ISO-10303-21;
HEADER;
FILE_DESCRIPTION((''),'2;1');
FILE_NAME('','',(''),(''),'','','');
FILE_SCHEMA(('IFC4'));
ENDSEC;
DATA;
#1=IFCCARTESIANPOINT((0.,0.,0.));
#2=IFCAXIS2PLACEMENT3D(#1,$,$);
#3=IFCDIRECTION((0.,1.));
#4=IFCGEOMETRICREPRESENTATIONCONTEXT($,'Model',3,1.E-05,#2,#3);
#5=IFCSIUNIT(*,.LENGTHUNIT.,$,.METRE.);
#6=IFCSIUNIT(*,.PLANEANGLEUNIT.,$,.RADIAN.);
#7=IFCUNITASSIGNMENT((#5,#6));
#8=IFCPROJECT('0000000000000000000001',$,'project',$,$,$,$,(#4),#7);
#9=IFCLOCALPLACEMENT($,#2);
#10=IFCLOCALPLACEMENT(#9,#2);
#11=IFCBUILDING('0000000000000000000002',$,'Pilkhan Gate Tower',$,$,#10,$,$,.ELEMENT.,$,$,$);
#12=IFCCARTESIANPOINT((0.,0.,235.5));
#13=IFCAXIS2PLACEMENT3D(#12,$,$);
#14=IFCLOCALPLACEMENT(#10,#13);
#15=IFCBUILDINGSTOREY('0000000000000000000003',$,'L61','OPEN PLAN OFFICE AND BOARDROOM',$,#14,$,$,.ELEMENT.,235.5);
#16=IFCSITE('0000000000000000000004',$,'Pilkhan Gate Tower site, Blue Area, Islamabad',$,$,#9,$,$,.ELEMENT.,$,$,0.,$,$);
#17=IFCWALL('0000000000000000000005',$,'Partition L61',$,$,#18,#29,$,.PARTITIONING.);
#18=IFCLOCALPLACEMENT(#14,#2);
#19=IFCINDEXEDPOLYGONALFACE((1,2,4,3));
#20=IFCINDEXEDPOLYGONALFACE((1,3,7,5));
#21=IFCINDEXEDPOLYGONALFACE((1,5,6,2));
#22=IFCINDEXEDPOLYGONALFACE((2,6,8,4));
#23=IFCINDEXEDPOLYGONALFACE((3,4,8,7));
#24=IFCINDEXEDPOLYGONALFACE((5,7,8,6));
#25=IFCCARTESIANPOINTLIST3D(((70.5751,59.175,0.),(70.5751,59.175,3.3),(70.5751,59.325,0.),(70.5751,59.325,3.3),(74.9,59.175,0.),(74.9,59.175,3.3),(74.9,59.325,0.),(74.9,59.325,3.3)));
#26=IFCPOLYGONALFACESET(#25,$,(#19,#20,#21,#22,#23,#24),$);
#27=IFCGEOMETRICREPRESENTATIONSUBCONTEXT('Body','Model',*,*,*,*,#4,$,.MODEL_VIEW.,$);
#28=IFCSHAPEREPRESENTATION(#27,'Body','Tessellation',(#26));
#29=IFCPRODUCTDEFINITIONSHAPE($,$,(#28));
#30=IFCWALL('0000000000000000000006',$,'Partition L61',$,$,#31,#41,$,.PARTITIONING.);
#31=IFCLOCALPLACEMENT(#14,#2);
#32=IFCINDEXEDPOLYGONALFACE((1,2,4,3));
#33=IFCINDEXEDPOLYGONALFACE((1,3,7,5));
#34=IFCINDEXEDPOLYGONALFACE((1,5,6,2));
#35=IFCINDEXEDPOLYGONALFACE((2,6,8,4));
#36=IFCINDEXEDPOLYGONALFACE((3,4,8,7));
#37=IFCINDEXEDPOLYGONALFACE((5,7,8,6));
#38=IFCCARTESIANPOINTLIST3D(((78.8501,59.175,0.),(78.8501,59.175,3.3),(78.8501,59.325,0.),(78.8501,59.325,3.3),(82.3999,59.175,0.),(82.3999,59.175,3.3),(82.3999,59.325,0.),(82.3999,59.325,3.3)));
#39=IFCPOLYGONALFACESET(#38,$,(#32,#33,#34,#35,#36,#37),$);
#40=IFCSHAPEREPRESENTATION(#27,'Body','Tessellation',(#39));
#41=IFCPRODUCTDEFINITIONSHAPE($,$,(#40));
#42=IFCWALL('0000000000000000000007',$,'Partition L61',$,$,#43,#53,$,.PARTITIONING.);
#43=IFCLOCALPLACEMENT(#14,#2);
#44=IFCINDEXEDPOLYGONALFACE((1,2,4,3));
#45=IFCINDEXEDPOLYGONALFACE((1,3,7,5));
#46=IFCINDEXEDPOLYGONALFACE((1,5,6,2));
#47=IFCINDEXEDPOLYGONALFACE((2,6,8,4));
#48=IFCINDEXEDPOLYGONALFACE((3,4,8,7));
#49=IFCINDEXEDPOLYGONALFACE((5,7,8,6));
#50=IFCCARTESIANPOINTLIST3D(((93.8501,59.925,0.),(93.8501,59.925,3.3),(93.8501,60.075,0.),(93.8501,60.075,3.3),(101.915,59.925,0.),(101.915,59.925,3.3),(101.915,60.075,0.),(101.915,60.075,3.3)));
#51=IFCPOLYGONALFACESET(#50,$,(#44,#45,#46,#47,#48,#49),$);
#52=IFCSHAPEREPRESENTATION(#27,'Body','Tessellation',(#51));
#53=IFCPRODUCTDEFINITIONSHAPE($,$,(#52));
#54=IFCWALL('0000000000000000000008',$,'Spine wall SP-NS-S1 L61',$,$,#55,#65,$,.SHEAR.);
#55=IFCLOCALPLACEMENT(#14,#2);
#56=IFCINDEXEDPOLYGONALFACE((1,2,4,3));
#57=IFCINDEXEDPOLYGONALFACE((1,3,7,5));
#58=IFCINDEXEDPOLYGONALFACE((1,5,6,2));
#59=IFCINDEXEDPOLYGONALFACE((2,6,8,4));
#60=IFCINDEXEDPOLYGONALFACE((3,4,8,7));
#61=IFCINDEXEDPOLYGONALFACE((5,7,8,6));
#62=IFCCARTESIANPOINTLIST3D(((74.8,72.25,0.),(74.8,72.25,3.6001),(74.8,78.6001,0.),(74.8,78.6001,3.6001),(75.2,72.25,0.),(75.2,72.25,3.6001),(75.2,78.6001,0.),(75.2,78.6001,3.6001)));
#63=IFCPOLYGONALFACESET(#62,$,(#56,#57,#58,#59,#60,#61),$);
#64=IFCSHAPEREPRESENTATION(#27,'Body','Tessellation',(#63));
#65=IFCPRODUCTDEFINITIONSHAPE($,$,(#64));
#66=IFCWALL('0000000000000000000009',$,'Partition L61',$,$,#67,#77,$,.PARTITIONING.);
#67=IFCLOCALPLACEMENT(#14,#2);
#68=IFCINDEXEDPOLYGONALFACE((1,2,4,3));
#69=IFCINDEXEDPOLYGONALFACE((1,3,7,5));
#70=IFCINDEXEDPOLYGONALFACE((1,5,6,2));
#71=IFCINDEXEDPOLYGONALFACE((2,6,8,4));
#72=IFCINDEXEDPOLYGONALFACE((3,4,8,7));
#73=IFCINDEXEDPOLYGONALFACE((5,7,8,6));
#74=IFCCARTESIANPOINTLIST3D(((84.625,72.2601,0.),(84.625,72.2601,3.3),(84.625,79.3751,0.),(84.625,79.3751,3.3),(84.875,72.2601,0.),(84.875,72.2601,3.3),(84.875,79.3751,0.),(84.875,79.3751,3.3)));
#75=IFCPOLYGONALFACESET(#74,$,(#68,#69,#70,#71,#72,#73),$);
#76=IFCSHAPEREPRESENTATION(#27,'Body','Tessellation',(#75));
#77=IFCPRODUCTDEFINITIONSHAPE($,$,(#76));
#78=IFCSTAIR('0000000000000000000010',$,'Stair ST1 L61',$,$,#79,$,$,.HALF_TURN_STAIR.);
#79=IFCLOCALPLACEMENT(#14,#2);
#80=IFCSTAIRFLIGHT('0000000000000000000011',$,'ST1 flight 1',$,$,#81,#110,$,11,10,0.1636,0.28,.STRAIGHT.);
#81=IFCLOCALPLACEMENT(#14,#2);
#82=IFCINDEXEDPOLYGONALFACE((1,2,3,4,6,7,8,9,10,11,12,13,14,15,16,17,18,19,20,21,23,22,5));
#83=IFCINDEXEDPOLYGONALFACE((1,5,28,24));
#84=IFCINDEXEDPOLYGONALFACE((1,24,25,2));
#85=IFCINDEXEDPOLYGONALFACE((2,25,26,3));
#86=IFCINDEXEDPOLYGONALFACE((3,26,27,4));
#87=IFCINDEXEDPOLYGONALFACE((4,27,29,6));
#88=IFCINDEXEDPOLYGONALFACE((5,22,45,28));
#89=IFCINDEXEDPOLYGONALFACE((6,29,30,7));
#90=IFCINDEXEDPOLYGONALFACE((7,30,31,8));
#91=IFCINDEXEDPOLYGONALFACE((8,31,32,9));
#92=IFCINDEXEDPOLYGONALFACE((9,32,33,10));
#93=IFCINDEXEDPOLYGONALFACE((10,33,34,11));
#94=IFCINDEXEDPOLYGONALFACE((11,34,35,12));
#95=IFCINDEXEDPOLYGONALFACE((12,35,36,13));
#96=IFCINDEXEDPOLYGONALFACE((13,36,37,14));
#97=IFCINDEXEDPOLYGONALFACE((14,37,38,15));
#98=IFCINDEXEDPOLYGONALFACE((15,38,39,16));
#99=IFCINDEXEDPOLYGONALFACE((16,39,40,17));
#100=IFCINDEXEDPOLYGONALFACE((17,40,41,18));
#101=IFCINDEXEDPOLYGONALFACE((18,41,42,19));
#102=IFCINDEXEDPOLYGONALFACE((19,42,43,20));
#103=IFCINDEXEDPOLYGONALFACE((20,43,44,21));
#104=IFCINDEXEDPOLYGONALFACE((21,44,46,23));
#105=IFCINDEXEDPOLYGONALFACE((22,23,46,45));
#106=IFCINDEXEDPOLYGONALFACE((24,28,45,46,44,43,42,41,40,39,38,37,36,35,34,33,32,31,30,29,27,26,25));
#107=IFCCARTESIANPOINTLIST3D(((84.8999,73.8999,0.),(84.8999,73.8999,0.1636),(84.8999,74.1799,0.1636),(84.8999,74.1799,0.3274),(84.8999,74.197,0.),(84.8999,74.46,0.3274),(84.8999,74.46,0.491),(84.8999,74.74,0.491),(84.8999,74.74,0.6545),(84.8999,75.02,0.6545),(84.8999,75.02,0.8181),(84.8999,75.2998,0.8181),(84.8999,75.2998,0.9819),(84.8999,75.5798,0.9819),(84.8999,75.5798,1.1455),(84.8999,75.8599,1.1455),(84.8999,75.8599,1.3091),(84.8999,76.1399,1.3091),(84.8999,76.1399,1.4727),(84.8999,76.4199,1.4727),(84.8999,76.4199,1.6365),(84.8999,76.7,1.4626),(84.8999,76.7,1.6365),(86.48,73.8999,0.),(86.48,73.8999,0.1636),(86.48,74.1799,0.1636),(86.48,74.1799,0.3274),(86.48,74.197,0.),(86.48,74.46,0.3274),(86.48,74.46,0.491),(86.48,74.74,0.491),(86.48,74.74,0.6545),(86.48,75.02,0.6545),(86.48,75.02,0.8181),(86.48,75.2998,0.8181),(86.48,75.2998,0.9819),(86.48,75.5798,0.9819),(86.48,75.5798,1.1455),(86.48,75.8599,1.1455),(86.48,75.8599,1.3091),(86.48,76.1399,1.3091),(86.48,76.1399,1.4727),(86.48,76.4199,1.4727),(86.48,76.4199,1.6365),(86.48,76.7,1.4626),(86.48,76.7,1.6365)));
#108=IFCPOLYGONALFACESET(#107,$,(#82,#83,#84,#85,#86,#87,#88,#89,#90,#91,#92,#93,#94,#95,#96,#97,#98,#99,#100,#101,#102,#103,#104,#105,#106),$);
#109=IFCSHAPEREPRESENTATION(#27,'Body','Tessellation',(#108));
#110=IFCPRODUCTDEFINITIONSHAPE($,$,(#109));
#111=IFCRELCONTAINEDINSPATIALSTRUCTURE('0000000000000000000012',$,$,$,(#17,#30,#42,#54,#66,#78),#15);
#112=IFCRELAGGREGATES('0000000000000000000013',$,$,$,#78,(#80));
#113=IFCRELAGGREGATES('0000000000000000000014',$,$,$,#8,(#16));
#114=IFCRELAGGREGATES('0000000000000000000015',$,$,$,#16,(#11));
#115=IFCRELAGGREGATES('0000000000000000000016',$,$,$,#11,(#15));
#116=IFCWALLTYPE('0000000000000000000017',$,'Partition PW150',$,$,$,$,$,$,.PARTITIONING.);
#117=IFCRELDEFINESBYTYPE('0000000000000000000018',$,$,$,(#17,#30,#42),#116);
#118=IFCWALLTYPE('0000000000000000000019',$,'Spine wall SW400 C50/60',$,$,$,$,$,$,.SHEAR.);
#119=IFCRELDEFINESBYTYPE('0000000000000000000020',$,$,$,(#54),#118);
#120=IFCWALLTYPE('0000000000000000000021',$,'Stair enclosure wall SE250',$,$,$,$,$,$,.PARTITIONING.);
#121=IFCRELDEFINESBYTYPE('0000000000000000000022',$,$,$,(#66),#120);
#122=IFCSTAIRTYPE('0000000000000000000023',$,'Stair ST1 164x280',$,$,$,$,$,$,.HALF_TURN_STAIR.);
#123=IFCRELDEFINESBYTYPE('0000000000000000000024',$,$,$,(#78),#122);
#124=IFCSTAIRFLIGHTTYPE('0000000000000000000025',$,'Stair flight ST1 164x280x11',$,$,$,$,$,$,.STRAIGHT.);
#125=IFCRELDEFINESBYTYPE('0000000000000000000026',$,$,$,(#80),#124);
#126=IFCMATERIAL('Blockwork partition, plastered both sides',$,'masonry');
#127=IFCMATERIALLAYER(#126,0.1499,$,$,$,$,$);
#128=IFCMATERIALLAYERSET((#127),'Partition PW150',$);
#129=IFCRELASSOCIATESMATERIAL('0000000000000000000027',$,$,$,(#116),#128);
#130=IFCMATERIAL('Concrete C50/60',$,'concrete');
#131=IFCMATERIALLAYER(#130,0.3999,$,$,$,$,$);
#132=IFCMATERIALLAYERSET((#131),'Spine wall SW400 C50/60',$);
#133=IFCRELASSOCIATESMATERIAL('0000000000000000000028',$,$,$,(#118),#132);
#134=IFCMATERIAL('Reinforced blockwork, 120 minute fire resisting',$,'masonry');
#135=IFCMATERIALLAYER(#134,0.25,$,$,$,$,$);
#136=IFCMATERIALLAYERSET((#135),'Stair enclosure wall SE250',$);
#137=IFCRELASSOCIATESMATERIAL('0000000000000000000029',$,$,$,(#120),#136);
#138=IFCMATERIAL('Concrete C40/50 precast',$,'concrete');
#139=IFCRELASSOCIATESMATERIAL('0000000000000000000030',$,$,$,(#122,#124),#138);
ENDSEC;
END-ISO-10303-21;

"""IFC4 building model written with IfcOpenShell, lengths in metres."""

from ifc_helpers import new_model, si_unit, direction, frame, frame_2d, origin, place, context, subcontext, project, spatial, polyline, rectangle, outline, extrude, material, layer, layer_set, type_object, element, aggregate, save


model = new_model("IFC4")

# Units and contexts
model_context = context("Model", 3, precision=1e-05, world=origin(), true_north=direction((0.0, 1.0)))
body_context = subcontext(model_context, "Body", "Model", "MODEL_VIEW")
ifc_project = project(units=[si_unit("LENGTHUNIT", "METRE"), si_unit("PLANEANGLEUNIT", "RADIAN")], contexts=[model_context])

# Site, building, storey
site_placement = place(None, origin())
site = spatial("IfcSite", under=ifc_project, at=site_placement, Name="Pilkhan Gate Tower site, Blue Area, Islamabad", CompositionType="ELEMENT", RefElevation=0.0)
building_placement = place(site_placement, origin())
building = spatial("IfcBuilding", under=site, at=building_placement, Name="Pilkhan Gate Tower", CompositionType="ELEMENT")
storey_placement = place(building_placement, frame((0.0, 0.0, 235.5)))
storey = spatial("IfcBuildingStorey", under=building, at=storey_placement, Name="L61", Description="OPEN PLAN OFFICE AND BOARDROOM", CompositionType="ELEMENT", Elevation=235.5)

# Shared definitions
ifc_material_1 = material(Name="Concrete C50/60", Category="concrete")

# Walls
ifc_material_2 = material(Name="Blockwork partition, plastered both sides", Category="masonry")
ifc_layer_1 = layer(ifc_material_2, 0.1499)
ifc_layer_set_1 = layer_set([ifc_layer_1], Name="Partition PW150")
wall_type_1 = type_object("IfcWallType", Name="Partition PW150", PredefinedType="PARTITIONING", material=ifc_layer_set_1)
wall_1_placement = place(storey_placement, frame((70.575, 59.25, 0.0), z_axis=(0.0, 0.0, 1.0), x_axis=(1.0, 0.0, 0.0)))
element("IfcWall", 1, at=wall_1_placement, inside=storey, type_object=wall_type_1, Name="Partition L61", PredefinedType="PARTITIONING", context=body_context, shape_type="SweptSolid", body=[
    extrude(rectangle(XDim=4.325, YDim=0.1499, at=frame_2d((2.1626, 0.0))), origin(), (0.0, 0.0, 1.0), 3.3),
])
wall_2_placement = place(storey_placement, frame((78.8501, 59.25, 0.0), z_axis=(0.0, 0.0, 1.0), x_axis=(1.0, 0.0, 0.0)))
element("IfcWall", 2, at=wall_2_placement, inside=storey, type_object=wall_type_1, Name="Partition L61", PredefinedType="PARTITIONING", context=body_context, shape_type="SweptSolid", body=[
    extrude(rectangle(XDim=3.5498, YDim=0.1499, at=frame_2d((1.7749, 0.0))), origin(), (0.0, 0.0, 1.0), 3.3),
])
wall_3_placement = place(storey_placement, frame((93.8501, 60.0, 0.0), z_axis=(0.0, 0.0, 1.0), x_axis=(1.0, 0.0, 0.0)))
element("IfcWall", 3, at=wall_3_placement, inside=storey, type_object=wall_type_1, Name="Partition L61", PredefinedType="PARTITIONING", context=body_context, shape_type="SweptSolid", body=[
    extrude(rectangle(XDim=8.0649, YDim=0.1499, at=frame_2d((4.0325, 0.0))), origin(), (0.0, 0.0, 1.0), 3.3),
])
ifc_layer_2 = layer(ifc_material_1, 0.3999)
ifc_layer_set_2 = layer_set([ifc_layer_2], Name="Spine wall SW400 C50/60")
wall_type_2 = type_object("IfcWallType", Name="Spine wall SW400 C50/60", PredefinedType="SHEAR", material=ifc_layer_set_2)
wall_4_placement = place(storey_placement, frame((75.0, 72.25, 0.0), z_axis=(0.0, 0.0, 1.0), x_axis=(0.0, 1.0, 0.0)))
element("IfcWall", 4, at=wall_4_placement, inside=storey, type_object=wall_type_2, Name="Spine wall SP-NS-S1 L61", PredefinedType="SHEAR", context=body_context, shape_type="SweptSolid", body=[
    extrude(rectangle(XDim=6.3501, YDim=0.3999, at=frame_2d((3.175, 0.0))), origin(), (0.0, 0.0, 1.0), 3.6001),
])
ifc_material_3 = material(Name="Reinforced blockwork, 120 minute fire resisting", Category="masonry")
ifc_layer_3 = layer(ifc_material_3, 0.25)
ifc_layer_set_3 = layer_set([ifc_layer_3], Name="Stair enclosure wall SE250")
wall_type_3 = type_object("IfcWallType", Name="Stair enclosure wall SE250", PredefinedType="PARTITIONING", material=ifc_layer_set_3)
wall_5_placement = place(storey_placement, frame((84.75, 72.26, 0.0), z_axis=(0.0, 0.0, 1.0), x_axis=(0.0, 1.0, 0.0)))
element("IfcWall", 5, at=wall_5_placement, inside=storey, type_object=wall_type_3, Name="Partition L61", PredefinedType="PARTITIONING", context=body_context, shape_type="SweptSolid", body=[
    extrude(rectangle(XDim=7.115, YDim=0.25, at=frame_2d((3.5576, 0.0))), origin(), (0.0, 0.0, 1.0), 3.3),
])

# Stair, stair flight
ifc_material_4 = material(Name="Concrete C40/50 precast", Category="concrete")
stair_type = type_object("IfcStairType", Name="Stair ST1 164x280", PredefinedType="HALF_TURN_STAIR", material=ifc_material_4)
stair_placement = place(storey_placement, origin())
stair = element("IfcStair", 6, at=stair_placement, inside=storey, type_object=stair_type, Name="Stair ST1 L61", PredefinedType="HALF_TURN_STAIR")
stair_flight_type = type_object("IfcStairFlightType", Name="Stair flight ST1 164x280x11", PredefinedType="STRAIGHT", material=ifc_material_4)
stair_flight_placement = place(storey_placement, frame((85.6899, 73.8999, 0.0), z_axis=(0.0, 0.0, 1.0), x_axis=(0.0, 1.0, 0.0)))
stair_flight = element("IfcStairFlight", 7, at=stair_flight_placement, type_object=stair_flight_type, Name="ST1 flight 1", NumberOfRisers=11, NumberOfTreads=10, PredefinedType="STRAIGHT", RiserHeight=0.1636, TreadLength=0.28, context=body_context, shape_type="SweptSolid", body=[
    extrude(outline(polyline([(0.0, 0.0), (0.0, 0.1636), (0.28, 0.1636), (0.28, 0.3274), (0.5601, 0.3274), (0.5601, 0.491), (0.8401, 0.491), (0.8401, 0.6545), (1.1201, 0.6545), (1.1201, 0.8181), (1.3999, 0.8181), (1.3999, 0.9819), (1.6799, 0.9819), (1.6799, 1.1455), (1.96, 1.1455), (1.96, 1.3091), (2.24, 1.3091), (2.24, 1.4727), (2.52, 1.4727), (2.52, 1.6365), (2.8, 1.6365), (2.8, 1.8), (2.8, 1.4626), (0.2971, 0.0), (0.0, 0.0)])), frame((0.0, 0.79, 0.0), z_axis=(0.0, -1.0, 0.0), x_axis=(1.0, 0.0, 0.0)), (0.0, 0.0, 1.0), 1.5801),
])
aggregate(stair, [stair_flight])

save(model, "model.ifc")
